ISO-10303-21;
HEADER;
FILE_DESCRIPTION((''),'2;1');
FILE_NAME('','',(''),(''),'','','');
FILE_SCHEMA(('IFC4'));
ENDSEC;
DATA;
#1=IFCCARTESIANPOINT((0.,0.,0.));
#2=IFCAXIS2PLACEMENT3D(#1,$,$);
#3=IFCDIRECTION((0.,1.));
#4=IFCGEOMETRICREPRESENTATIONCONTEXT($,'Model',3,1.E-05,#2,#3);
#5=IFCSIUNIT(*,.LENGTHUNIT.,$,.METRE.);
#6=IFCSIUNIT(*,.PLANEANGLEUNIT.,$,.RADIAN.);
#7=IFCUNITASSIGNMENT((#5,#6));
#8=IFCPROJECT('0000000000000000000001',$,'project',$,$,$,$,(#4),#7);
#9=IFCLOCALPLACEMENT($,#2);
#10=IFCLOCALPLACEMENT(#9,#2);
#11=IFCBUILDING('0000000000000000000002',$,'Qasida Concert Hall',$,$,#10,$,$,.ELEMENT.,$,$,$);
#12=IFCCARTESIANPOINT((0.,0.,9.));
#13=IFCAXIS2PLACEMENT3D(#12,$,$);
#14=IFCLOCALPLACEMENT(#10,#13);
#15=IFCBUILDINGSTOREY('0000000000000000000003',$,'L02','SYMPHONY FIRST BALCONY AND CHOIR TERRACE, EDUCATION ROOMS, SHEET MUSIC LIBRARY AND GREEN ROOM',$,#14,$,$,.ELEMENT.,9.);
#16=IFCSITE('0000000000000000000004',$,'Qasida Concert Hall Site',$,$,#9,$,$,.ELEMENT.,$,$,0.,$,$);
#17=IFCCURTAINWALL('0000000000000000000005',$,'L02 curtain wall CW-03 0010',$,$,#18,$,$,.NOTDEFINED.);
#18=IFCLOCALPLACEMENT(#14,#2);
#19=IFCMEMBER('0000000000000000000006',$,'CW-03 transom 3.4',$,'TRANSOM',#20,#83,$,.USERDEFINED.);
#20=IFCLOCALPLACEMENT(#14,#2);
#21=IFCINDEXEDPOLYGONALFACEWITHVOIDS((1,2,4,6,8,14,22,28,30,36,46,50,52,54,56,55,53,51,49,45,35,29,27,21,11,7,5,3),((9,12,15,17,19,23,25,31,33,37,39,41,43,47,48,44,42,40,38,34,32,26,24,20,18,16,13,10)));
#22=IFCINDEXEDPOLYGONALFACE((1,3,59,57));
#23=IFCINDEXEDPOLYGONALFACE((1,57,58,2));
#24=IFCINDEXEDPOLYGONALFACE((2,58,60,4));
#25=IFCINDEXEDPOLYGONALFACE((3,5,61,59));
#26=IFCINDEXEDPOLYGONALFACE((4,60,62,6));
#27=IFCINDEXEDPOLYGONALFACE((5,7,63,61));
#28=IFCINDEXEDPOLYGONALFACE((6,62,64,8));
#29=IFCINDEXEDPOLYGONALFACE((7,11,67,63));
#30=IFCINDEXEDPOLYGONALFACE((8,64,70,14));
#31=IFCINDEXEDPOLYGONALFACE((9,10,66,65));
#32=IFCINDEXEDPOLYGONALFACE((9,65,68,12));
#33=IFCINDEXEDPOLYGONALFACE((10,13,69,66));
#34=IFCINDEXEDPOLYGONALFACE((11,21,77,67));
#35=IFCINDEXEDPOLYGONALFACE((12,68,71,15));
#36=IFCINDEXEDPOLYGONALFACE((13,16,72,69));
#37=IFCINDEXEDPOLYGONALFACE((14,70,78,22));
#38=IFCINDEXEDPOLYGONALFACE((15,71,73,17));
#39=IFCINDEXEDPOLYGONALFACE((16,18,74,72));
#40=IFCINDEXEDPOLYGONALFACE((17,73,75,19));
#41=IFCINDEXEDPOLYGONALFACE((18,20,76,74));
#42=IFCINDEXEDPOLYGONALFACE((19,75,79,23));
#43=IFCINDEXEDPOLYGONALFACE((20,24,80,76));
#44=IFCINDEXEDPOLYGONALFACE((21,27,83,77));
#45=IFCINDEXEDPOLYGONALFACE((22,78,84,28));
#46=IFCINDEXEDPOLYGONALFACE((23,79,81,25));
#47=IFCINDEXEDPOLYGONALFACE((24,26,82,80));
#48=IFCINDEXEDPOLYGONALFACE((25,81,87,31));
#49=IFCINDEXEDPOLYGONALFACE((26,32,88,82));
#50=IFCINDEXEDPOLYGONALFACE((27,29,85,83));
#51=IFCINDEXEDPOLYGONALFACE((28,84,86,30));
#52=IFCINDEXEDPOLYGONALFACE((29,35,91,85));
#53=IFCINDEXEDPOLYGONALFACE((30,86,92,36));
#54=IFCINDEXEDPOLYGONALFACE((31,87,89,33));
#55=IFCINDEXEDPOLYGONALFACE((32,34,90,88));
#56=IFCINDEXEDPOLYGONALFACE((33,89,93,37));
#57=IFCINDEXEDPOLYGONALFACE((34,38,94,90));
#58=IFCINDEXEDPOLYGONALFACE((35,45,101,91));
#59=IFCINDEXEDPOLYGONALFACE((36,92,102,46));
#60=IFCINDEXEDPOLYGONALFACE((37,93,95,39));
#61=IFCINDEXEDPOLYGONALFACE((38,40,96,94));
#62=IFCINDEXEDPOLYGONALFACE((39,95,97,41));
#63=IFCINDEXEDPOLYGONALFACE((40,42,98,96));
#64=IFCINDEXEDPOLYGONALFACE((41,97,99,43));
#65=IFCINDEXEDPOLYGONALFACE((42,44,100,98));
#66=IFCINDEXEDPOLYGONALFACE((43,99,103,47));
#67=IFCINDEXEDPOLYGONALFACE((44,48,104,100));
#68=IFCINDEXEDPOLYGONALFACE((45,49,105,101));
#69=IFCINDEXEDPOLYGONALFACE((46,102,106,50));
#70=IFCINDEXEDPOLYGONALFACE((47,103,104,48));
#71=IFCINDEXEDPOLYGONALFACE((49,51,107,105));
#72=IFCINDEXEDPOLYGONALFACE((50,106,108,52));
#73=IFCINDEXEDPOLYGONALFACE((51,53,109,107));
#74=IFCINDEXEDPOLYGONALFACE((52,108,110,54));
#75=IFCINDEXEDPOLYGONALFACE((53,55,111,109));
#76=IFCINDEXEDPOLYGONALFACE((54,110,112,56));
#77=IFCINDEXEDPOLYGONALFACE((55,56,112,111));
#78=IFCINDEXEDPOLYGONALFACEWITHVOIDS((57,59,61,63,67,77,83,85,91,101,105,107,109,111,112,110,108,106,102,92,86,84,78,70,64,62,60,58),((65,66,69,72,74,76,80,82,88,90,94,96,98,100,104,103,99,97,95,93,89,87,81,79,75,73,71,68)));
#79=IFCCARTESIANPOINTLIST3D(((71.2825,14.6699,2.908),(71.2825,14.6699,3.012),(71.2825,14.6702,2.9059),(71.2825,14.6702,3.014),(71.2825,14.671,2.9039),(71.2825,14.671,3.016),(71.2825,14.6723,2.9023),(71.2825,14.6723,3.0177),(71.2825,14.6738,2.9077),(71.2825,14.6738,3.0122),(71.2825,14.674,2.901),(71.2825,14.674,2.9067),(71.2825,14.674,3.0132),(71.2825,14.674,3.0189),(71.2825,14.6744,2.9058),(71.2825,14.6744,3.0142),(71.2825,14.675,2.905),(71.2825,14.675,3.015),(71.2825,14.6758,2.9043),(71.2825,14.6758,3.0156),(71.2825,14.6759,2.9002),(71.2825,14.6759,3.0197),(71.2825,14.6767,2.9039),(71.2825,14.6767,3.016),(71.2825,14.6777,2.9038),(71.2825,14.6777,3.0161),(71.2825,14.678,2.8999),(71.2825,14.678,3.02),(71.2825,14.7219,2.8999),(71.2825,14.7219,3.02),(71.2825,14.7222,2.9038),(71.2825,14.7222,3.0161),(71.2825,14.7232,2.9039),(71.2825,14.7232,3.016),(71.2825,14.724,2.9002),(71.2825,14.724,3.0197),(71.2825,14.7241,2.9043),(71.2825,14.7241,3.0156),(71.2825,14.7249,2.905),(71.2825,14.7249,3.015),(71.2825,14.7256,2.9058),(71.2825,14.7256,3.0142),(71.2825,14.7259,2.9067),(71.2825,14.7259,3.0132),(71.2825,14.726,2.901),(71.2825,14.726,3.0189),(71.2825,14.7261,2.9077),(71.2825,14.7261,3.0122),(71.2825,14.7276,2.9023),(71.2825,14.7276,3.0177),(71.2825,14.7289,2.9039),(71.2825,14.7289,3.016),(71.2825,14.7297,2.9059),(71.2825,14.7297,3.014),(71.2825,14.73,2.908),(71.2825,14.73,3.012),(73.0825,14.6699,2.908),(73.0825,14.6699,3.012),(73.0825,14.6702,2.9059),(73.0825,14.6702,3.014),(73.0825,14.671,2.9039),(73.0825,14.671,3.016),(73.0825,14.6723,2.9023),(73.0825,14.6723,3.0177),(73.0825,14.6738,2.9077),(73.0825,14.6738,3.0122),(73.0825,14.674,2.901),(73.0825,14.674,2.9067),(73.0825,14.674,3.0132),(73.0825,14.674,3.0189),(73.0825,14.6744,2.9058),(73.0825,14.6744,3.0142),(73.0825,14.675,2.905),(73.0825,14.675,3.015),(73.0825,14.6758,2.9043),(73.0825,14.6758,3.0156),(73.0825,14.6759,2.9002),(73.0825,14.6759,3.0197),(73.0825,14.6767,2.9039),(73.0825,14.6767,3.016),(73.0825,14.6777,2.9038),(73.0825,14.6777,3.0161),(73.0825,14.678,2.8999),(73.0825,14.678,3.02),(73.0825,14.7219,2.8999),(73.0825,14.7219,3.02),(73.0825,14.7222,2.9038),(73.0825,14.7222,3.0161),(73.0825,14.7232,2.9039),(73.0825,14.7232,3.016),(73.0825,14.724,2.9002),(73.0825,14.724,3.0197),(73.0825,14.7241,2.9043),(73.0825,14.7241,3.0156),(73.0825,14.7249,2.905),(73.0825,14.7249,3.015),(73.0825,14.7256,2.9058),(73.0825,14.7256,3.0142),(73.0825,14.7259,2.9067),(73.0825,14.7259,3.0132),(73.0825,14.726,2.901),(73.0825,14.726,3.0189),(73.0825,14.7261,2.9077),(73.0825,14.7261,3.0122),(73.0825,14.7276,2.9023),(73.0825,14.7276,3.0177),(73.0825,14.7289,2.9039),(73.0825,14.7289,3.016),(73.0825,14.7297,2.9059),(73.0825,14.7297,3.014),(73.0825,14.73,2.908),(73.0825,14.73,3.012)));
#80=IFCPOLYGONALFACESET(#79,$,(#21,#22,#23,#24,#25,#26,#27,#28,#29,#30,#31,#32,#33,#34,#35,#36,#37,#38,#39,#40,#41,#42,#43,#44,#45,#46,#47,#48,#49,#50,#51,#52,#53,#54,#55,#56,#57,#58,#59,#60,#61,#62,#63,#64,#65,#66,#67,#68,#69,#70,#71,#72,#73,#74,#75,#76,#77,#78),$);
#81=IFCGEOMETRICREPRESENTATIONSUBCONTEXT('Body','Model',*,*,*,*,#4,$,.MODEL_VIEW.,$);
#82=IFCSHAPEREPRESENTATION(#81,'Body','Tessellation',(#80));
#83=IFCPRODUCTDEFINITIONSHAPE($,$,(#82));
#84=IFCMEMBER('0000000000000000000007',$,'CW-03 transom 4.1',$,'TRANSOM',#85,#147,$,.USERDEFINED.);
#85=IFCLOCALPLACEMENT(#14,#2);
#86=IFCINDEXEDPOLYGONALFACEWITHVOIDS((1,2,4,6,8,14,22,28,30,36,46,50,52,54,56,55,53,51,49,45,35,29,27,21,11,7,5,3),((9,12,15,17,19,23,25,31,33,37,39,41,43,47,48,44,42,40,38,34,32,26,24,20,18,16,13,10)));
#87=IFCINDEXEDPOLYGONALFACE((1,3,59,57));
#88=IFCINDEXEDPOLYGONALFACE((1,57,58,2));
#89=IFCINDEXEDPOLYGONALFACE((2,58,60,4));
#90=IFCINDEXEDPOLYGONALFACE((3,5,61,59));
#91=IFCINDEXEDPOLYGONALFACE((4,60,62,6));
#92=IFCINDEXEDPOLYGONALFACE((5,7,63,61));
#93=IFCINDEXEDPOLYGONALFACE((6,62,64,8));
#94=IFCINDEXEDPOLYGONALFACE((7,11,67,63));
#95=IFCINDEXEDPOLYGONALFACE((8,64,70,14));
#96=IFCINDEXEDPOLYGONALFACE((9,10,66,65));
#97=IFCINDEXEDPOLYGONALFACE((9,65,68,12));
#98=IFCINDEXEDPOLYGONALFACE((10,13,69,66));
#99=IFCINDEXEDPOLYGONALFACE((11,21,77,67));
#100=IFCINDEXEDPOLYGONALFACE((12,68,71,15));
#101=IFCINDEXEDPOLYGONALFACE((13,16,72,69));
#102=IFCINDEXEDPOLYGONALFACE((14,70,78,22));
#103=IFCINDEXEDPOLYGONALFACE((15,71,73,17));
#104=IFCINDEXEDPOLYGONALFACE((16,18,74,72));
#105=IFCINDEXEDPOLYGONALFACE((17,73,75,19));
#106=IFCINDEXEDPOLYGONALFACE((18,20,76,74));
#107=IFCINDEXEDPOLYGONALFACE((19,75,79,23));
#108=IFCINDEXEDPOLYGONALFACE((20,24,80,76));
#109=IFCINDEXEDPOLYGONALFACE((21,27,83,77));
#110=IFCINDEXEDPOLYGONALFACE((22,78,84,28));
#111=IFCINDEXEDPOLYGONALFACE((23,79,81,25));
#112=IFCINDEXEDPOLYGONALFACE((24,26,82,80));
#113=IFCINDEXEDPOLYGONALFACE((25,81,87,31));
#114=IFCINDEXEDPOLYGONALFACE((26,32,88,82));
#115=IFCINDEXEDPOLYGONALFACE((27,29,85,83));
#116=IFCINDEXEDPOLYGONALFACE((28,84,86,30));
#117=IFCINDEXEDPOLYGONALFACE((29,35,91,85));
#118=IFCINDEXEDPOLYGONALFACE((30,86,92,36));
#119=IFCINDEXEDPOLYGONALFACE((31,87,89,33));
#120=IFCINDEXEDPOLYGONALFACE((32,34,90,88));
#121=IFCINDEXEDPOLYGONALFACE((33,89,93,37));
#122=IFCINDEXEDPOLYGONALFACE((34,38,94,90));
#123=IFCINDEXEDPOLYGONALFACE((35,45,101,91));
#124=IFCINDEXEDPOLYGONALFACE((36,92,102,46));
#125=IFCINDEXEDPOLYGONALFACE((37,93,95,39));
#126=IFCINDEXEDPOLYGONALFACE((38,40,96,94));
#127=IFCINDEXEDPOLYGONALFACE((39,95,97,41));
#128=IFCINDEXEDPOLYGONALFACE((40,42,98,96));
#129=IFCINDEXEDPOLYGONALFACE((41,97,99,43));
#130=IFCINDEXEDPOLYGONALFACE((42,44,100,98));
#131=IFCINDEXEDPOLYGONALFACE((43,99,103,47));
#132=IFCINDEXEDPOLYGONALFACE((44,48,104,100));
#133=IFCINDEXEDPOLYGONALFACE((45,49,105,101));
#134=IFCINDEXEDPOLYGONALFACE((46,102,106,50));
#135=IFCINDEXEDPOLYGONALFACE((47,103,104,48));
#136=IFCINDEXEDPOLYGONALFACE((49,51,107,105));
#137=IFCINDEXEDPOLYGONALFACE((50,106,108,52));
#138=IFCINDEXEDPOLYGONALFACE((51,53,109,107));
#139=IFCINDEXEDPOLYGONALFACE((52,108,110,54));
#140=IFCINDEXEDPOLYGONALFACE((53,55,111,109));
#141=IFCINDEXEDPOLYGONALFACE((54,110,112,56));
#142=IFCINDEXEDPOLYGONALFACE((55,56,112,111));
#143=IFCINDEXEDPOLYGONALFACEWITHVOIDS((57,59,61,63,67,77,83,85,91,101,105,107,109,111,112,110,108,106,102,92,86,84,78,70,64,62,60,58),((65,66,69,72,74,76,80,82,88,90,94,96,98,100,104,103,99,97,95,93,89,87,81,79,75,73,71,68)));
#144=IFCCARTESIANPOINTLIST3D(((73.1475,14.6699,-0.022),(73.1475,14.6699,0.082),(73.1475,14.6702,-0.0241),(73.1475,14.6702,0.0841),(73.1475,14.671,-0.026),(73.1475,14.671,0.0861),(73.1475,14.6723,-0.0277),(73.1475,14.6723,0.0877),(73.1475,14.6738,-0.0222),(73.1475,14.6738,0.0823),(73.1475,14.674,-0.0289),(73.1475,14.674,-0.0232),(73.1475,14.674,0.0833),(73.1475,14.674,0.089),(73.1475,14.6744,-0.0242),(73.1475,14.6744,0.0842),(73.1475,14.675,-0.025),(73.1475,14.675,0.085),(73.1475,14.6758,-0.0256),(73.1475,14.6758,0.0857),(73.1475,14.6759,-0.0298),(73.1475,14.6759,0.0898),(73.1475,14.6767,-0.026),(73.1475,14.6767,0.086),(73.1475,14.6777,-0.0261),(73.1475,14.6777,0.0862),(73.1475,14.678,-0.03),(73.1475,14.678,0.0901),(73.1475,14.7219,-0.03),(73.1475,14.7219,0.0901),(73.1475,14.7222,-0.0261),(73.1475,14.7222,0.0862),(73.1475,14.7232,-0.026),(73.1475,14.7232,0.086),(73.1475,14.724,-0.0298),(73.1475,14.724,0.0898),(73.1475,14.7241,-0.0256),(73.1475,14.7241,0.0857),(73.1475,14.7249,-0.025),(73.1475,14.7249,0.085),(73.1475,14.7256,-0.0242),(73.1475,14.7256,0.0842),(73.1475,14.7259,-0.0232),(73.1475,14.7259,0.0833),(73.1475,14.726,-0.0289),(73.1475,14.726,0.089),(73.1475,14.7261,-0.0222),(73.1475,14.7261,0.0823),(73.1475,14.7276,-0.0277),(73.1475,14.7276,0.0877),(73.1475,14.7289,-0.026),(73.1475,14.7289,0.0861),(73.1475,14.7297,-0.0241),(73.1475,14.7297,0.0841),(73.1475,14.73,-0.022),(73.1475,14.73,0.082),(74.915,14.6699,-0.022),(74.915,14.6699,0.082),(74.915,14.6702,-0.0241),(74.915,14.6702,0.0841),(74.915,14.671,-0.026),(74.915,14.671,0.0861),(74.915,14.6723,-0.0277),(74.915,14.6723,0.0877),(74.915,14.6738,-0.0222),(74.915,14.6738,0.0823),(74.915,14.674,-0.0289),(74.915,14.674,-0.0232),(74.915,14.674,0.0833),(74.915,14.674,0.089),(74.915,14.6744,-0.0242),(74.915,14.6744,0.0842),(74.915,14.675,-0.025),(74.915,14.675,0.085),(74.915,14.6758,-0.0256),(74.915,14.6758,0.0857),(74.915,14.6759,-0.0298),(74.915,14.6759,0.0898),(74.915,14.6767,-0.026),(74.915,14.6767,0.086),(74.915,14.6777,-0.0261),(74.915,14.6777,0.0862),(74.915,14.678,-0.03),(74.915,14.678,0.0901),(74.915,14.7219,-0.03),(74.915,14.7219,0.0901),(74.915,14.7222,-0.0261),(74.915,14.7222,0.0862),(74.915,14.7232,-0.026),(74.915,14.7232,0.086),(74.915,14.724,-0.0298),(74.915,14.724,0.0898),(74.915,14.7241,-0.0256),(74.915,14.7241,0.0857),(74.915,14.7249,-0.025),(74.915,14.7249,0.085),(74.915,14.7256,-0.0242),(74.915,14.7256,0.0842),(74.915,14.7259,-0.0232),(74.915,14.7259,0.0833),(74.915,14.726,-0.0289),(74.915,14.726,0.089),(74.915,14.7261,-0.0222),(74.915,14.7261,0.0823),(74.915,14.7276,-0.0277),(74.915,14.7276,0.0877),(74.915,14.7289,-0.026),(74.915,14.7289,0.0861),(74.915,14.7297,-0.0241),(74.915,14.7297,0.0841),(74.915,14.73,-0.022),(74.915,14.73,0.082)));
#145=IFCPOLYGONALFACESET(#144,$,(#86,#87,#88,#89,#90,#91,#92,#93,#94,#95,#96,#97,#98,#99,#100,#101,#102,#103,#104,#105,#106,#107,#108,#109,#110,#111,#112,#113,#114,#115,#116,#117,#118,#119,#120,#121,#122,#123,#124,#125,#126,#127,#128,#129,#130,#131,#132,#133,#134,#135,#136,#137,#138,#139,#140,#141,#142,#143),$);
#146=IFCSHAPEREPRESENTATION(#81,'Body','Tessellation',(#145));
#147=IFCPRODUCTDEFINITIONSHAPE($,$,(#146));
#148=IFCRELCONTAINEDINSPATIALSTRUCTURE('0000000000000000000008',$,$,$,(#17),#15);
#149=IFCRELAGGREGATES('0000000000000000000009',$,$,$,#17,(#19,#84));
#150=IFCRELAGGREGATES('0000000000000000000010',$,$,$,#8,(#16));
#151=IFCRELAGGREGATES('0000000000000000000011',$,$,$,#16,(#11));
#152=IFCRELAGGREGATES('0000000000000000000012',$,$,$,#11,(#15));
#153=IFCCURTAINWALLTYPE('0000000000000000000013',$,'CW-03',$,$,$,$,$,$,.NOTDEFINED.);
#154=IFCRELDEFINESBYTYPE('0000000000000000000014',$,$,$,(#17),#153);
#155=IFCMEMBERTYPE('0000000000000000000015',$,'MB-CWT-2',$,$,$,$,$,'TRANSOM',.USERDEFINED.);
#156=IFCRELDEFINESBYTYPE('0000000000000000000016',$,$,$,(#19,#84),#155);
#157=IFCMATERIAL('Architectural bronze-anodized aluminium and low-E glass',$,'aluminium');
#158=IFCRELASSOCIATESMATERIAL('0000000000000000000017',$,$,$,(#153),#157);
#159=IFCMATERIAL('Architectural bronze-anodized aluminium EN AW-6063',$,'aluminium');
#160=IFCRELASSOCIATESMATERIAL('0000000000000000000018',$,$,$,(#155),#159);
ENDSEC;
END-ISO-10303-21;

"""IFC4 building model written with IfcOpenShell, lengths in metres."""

from ifc_helpers import new_model, si_unit, direction, frame, origin, origin_2d, place, context, subcontext, project, spatial, hollow_rectangle, extrude, material, material_profile, profile_set, type_object, element, aggregate, save


model = new_model("IFC4")

# Units and contexts
model_context = context("Model", 3, precision=1e-05, world=origin(), true_north=direction((0.0, 1.0)))
body_context = subcontext(model_context, "Body", "Model", "MODEL_VIEW")
ifc_project = project(units=[si_unit("LENGTHUNIT", "METRE"), si_unit("PLANEANGLEUNIT", "RADIAN")], contexts=[model_context])

# Site, building, storey
site_placement = place(None, origin())
site = spatial("IfcSite", under=ifc_project, at=site_placement, Name="Qasida Concert Hall Site", CompositionType="ELEMENT", RefElevation=0.0)
building_placement = place(site_placement, origin())
building = spatial("IfcBuilding", under=site, at=building_placement, Name="Qasida Concert Hall", CompositionType="ELEMENT")
storey_placement = place(building_placement, frame((0.0, 0.0, 9.0)))
storey = spatial("IfcBuildingStorey", under=building, at=storey_placement, Name="L02", Description="SYMPHONY FIRST BALCONY AND CHOIR TERRACE, EDUCATION ROOMS, SHEET MUSIC LIBRARY AND GREEN ROOM", CompositionType="ELEMENT", Elevation=9.0)

# Curtain wall, members
ifc_material_1 = material(Name="Architectural bronze-anodized aluminium and low-E glass", Category="aluminium")
curtain_wall_type = type_object("IfcCurtainWallType", Name="CW-03", PredefinedType="NOTDEFINED", material=ifc_material_1)
curtain_wall_placement = place(storey_placement, origin())
curtain_wall = element("IfcCurtainWall", 1, at=curtain_wall_placement, inside=storey, type_object=curtain_wall_type, Name="L02 curtain wall CW-03 0010", PredefinedType="NOTDEFINED")
ifc_material_2 = material(Name="Architectural bronze-anodized aluminium EN AW-6063", Category="aluminium")
ifc_material_profile_1 = material_profile(ifc_material_2, hollow_rectangle(XDim=0.0601, YDim=0.1201, WallThickness=0.0039, InnerFilletRadius=0.0039, OuterFilletRadius=0.0081, at=origin_2d()), Name="CWT 120x60x4")
ifc_profile_set_1 = profile_set([ifc_material_profile_1], Name="Architectural bronze-anodized aluminium EN AW-6063")
member_type_1 = type_object("IfcMemberType", Name="MB-CWT-2", ElementType="TRANSOM", PredefinedType="USERDEFINED", material=ifc_profile_set_1)
member_1_placement = place(storey_placement, frame((71.2825, 14.7, 2.96), z_axis=(1.0, 0.0, 0.0), x_axis=(0.0, 1.0, 0.0)))
member_1 = element("IfcMember", 2, at=member_1_placement, type_object=member_type_1, Name="CW-03 transom 3.4", ObjectType="TRANSOM", PredefinedType="USERDEFINED", context=body_context, shape_type="SweptSolid", body=[
    extrude(hollow_rectangle(XDim=0.0601, YDim=0.1201, WallThickness=0.0039, InnerFilletRadius=0.0039, OuterFilletRadius=0.0081, at=origin_2d()), origin(), (0.0, 0.0, 1.0), 1.8),
])
member_2_placement = place(storey_placement, frame((73.1475, 14.7, 0.03), z_axis=(1.0, 0.0, 0.0), x_axis=(0.0, 1.0, 0.0)))
member_2 = element("IfcMember", 3, at=member_2_placement, type_object=member_type_1, Name="CW-03 transom 4.1", ObjectType="TRANSOM", PredefinedType="USERDEFINED", context=body_context, shape_type="SweptSolid", body=[
    extrude(hollow_rectangle(XDim=0.0601, YDim=0.1201, WallThickness=0.0039, InnerFilletRadius=0.0039, OuterFilletRadius=0.0081, at=origin_2d()), origin(), (0.0, 0.0, 1.0), 1.7676),
])
aggregate(curtain_wall, [member_1, member_2])

save(model, "model.ifc")
